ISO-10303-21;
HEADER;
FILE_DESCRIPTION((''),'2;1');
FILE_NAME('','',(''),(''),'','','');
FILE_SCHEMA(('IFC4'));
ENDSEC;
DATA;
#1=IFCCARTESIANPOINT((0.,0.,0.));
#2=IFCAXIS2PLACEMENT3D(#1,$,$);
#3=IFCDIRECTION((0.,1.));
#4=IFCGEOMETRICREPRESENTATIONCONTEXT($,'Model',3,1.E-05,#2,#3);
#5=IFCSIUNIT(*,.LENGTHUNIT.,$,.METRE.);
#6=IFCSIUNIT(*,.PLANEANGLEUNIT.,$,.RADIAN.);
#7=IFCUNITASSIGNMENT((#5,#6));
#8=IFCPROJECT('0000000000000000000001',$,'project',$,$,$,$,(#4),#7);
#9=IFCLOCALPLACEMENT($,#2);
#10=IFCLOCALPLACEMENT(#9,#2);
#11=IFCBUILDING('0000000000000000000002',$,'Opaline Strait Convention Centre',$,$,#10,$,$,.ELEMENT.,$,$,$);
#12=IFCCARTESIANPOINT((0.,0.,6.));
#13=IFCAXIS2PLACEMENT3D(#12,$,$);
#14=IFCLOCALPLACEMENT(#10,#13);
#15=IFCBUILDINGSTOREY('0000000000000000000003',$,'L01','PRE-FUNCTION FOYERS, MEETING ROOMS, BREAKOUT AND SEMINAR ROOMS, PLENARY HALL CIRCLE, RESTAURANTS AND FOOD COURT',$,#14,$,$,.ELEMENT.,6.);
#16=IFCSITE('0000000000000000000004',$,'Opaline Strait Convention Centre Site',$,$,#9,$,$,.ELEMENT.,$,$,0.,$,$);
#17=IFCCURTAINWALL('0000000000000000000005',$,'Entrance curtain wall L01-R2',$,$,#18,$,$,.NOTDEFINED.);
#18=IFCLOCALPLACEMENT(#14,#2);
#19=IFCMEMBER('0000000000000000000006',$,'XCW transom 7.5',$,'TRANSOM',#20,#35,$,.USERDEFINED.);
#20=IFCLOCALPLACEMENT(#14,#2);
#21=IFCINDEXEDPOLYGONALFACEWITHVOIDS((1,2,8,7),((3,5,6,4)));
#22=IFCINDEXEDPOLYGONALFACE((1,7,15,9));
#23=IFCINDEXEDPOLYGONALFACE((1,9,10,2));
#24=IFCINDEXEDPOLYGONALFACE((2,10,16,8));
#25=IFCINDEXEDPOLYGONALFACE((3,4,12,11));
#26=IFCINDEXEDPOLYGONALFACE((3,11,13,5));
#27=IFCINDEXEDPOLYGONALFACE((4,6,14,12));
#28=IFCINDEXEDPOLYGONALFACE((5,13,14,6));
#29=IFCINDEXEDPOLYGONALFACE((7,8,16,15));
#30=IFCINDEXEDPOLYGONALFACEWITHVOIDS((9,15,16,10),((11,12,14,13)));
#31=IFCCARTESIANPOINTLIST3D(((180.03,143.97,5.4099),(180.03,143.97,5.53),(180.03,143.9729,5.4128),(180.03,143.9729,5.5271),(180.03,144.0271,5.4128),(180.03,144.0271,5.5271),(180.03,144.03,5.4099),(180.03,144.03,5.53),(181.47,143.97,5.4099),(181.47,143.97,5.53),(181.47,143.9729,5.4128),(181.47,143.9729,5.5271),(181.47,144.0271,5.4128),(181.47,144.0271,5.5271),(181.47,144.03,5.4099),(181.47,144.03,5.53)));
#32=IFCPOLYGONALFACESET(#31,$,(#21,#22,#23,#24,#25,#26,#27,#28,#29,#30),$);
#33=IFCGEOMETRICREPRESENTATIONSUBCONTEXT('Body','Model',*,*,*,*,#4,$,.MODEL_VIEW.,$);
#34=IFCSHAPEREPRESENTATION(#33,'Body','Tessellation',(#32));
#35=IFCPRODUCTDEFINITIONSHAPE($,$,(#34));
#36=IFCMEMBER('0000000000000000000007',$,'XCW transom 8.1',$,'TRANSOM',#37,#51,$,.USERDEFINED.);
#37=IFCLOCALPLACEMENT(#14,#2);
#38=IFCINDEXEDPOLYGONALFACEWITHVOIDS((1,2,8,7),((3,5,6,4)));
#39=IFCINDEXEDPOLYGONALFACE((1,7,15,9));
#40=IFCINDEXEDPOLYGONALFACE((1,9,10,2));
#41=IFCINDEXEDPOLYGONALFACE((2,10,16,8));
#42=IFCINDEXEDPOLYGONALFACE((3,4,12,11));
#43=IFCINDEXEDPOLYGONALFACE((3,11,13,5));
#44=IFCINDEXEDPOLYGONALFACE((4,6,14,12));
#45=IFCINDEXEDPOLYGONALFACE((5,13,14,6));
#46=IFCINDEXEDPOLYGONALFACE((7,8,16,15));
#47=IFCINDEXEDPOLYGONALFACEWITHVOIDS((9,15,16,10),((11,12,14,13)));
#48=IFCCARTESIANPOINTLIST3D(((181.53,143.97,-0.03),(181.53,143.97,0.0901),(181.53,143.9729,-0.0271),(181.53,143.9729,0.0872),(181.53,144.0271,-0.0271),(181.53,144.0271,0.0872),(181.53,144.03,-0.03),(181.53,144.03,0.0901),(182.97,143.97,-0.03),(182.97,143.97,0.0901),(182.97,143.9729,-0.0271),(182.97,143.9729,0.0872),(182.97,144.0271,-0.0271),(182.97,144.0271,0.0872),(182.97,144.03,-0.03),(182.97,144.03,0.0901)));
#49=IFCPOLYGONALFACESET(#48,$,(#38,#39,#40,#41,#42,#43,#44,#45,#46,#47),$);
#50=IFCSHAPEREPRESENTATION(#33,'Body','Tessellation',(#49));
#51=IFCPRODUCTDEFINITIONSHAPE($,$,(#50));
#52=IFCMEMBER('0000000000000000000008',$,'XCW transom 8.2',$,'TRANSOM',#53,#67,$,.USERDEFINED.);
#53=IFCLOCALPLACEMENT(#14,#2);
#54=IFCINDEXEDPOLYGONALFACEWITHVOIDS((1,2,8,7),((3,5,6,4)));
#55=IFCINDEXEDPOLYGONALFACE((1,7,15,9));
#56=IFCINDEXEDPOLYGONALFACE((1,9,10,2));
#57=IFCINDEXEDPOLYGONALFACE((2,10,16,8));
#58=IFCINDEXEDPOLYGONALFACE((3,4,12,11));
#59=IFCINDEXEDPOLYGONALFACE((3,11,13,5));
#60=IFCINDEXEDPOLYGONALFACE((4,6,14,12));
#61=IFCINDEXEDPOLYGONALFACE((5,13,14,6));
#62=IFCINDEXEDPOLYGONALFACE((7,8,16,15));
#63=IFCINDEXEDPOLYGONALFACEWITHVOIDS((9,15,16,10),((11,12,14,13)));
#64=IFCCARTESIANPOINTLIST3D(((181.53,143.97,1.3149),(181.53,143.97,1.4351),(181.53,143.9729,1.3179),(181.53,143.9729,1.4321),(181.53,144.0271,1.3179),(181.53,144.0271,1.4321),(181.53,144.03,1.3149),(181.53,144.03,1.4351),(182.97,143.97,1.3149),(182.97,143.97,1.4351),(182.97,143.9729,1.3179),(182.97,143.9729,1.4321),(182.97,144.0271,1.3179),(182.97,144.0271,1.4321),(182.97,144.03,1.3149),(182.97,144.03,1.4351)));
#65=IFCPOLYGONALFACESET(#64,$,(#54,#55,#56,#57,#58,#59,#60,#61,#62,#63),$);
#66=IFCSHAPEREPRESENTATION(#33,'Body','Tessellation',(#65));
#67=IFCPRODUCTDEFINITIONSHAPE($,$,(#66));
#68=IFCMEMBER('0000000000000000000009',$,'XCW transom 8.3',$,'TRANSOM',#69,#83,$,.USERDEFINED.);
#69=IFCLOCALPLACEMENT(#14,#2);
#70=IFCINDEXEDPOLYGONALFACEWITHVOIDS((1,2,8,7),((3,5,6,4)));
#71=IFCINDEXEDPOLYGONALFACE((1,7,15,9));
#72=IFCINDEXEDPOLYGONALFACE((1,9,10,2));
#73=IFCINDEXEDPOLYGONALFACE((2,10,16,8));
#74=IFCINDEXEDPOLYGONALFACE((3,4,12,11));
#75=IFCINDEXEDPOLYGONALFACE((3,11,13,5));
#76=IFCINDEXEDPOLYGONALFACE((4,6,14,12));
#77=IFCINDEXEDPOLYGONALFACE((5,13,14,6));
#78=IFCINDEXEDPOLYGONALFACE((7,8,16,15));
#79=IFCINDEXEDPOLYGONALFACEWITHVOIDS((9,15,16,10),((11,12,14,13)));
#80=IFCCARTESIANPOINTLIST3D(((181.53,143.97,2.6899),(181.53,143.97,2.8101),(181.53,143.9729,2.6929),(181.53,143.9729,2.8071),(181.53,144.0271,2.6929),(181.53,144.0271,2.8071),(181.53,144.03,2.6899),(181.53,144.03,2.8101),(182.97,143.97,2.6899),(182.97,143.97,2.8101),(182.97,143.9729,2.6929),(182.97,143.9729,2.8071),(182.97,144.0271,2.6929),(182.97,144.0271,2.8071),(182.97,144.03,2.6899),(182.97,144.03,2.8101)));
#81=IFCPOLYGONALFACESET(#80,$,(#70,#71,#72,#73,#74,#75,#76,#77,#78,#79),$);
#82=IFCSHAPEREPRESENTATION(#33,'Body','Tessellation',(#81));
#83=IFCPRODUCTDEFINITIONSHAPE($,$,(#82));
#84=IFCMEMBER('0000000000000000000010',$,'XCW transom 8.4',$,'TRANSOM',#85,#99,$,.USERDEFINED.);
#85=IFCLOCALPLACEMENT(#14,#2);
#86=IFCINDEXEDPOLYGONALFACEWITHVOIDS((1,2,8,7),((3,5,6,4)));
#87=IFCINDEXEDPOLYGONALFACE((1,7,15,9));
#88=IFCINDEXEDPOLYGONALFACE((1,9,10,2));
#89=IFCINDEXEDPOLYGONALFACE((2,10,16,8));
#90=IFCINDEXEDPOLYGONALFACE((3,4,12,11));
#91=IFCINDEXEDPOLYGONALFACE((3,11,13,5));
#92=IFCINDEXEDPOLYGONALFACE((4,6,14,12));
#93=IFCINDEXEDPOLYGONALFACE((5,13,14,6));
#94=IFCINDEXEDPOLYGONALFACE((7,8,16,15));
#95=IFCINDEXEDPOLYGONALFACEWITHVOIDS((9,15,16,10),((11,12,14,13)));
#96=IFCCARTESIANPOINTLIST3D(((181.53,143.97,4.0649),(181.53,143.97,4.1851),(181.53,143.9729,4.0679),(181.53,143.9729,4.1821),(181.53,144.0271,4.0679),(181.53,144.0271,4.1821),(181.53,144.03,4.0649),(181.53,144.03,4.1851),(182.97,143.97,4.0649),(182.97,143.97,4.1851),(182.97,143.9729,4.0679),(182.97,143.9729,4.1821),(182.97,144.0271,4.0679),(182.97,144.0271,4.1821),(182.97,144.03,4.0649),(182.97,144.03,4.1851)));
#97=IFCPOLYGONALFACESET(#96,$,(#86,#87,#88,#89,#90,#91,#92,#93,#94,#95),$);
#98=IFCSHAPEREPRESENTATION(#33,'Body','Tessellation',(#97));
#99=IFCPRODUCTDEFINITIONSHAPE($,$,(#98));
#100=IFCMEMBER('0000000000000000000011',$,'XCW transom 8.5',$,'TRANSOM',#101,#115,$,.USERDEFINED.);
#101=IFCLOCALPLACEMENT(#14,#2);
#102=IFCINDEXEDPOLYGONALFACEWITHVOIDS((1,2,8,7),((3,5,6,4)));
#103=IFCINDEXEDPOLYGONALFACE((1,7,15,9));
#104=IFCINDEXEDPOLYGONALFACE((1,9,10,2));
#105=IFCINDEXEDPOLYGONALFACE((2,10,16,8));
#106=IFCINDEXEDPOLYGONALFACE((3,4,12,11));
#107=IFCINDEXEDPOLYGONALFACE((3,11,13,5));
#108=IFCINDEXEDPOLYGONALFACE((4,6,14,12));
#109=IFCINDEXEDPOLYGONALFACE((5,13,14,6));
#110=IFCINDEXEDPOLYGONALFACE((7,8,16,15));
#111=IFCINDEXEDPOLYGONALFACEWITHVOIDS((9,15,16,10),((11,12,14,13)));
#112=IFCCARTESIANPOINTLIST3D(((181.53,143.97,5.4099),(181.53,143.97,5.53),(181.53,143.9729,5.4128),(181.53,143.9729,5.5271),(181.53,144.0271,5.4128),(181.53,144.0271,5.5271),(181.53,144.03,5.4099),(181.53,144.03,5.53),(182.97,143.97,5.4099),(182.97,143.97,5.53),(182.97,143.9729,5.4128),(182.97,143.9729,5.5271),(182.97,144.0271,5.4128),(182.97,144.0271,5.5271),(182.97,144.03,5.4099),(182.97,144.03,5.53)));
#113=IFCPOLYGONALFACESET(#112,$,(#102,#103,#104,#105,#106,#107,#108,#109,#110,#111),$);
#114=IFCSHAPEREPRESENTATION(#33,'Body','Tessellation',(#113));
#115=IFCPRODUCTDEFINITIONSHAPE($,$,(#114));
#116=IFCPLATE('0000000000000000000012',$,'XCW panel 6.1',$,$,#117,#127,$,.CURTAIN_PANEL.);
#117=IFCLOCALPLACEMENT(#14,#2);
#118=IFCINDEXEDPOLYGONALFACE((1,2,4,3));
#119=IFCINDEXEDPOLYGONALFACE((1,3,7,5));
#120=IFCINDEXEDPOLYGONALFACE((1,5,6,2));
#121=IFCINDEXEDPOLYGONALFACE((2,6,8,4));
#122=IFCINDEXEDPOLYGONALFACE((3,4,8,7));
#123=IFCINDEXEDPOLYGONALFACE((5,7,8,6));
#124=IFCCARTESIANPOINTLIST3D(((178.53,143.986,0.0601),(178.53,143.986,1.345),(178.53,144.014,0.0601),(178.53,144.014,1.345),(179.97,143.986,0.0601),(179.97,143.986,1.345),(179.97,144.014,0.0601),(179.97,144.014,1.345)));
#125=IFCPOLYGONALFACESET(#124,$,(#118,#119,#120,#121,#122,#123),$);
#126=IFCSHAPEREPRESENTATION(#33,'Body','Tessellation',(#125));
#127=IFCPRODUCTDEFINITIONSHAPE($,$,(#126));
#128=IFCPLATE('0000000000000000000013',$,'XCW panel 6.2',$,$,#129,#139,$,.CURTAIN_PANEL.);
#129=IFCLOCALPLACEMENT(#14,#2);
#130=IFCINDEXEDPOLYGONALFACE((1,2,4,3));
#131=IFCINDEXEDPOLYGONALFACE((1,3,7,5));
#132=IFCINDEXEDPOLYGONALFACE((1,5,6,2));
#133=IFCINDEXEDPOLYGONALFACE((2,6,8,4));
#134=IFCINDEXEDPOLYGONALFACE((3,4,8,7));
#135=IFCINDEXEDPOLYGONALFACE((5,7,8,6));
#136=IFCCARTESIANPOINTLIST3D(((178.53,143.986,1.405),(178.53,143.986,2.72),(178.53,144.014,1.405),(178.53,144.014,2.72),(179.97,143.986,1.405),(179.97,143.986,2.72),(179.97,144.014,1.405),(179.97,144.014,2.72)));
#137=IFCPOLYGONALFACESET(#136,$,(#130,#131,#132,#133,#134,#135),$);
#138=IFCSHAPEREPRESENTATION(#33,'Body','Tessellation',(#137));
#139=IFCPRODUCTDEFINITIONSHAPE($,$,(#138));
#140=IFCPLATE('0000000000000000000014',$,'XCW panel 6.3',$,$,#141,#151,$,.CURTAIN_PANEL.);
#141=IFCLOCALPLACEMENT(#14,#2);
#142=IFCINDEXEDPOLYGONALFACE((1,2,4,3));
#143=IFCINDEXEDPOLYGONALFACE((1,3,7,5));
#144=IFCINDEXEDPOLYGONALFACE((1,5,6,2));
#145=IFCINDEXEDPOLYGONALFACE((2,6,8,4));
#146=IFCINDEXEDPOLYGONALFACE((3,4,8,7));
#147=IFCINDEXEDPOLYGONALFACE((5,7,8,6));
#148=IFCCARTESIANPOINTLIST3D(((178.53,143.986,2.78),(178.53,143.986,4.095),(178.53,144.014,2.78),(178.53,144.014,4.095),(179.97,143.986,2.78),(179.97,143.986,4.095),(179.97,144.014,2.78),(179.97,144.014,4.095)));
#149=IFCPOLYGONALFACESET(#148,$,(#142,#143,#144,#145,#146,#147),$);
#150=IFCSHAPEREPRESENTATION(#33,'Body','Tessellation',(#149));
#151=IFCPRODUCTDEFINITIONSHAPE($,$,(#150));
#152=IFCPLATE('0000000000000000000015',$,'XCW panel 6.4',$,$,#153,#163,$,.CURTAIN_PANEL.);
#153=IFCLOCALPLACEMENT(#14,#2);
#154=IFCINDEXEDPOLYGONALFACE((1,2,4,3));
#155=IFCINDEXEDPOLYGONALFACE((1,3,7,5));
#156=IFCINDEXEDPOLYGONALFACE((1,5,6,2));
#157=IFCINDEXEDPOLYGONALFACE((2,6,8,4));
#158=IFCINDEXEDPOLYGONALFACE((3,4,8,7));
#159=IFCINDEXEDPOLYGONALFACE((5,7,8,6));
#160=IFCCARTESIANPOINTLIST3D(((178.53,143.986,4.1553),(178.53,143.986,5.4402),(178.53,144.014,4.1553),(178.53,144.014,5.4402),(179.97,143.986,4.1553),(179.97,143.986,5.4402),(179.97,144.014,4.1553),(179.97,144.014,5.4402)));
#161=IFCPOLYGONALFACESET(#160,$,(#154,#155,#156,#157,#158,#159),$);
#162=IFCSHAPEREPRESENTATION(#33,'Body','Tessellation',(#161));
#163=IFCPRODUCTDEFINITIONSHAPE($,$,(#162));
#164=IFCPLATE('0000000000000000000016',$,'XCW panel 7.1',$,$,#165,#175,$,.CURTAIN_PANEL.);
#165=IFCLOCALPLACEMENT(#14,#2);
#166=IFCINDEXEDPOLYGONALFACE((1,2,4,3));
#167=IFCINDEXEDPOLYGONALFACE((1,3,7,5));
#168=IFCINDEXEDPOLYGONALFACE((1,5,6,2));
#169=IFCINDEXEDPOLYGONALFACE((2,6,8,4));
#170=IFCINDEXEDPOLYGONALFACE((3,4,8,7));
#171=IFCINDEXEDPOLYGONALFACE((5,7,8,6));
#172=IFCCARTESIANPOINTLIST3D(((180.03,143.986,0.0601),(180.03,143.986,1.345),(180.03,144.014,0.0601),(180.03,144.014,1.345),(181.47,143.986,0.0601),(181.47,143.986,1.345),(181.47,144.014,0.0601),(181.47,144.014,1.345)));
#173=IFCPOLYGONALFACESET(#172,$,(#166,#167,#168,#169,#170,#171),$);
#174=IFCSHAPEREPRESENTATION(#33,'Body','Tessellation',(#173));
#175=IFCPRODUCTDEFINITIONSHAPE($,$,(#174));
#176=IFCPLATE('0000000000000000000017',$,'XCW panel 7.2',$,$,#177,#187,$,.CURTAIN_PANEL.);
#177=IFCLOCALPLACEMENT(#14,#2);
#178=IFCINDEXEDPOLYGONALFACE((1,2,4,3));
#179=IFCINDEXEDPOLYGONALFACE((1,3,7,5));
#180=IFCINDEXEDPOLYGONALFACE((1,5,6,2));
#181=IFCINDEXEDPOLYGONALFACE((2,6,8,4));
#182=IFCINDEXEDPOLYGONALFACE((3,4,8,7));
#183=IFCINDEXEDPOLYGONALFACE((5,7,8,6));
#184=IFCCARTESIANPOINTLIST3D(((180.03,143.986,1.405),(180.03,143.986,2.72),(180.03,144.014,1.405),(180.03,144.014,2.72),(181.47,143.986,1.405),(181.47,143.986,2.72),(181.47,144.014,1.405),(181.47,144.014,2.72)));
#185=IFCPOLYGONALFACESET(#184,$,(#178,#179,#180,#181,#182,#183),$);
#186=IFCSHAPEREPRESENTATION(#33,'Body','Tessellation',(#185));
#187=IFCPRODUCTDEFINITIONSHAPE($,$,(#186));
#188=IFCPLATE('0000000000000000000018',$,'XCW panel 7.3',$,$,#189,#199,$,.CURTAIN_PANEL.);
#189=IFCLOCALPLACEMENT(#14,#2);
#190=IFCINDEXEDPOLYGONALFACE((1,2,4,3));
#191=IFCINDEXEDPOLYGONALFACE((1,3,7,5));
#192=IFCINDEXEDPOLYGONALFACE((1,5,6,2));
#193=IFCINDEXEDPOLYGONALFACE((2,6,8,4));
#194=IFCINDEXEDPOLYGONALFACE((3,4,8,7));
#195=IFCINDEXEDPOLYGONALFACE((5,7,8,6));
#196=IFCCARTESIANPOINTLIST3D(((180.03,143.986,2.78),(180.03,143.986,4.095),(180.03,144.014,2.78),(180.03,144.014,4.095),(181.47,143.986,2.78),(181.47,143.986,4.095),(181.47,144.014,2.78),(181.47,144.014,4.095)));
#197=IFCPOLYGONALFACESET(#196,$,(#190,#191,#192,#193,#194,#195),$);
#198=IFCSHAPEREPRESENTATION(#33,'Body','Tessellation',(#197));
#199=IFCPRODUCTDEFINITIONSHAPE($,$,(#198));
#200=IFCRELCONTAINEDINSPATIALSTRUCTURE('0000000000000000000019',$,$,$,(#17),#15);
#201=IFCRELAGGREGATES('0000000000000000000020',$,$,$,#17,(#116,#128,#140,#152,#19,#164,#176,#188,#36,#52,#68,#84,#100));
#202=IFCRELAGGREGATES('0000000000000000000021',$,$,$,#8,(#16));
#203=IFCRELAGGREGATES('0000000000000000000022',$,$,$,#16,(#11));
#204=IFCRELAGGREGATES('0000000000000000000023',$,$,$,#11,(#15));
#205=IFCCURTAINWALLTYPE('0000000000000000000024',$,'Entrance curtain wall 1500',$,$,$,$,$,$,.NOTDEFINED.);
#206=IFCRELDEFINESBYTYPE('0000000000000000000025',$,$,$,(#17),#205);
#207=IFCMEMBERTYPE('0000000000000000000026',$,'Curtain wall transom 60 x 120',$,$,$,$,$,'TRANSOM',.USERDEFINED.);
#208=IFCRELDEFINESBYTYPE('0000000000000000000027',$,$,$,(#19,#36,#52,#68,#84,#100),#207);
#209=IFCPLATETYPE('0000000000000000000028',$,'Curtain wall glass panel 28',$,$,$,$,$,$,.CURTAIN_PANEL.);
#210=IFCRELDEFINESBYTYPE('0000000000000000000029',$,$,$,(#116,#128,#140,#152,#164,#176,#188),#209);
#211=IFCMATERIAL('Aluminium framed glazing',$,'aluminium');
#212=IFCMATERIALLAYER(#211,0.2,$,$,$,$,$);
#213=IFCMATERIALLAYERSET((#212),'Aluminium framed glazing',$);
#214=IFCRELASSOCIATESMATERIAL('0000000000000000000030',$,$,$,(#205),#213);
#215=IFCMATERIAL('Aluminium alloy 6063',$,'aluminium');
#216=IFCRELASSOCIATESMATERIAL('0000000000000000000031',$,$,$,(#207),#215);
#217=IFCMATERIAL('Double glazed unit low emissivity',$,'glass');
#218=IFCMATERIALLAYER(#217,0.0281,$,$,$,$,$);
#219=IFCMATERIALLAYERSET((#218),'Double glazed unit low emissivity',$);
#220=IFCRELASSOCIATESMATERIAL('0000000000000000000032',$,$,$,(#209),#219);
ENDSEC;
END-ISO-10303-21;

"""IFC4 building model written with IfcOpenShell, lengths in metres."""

from ifc_helpers import new_model, si_unit, direction, frame, origin, origin_2d, place, context, subcontext, project, spatial, rectangle, hollow_rectangle, extrude, material, layer, layer_set, material_profile, profile_set, type_object, element, aggregate, save


model = new_model("IFC4")

# Units and contexts
model_context = context("Model", 3, precision=1e-05, world=origin(), true_north=direction((0.0, 1.0)))
body_context = subcontext(model_context, "Body", "Model", "MODEL_VIEW")
ifc_project = project(units=[si_unit("LENGTHUNIT", "METRE"), si_unit("PLANEANGLEUNIT", "RADIAN")], contexts=[model_context])

# Site, building, storey
site_placement = place(None, origin())
site = spatial("IfcSite", under=ifc_project, at=site_placement, Name="Opaline Strait Convention Centre Site", CompositionType="ELEMENT", RefElevation=0.0)
building_placement = place(site_placement, origin())
building = spatial("IfcBuilding", under=site, at=building_placement, Name="Opaline Strait Convention Centre", CompositionType="ELEMENT")
storey_placement = place(building_placement, frame((0.0, 0.0, 6.0)))
storey = spatial("IfcBuildingStorey", under=building, at=storey_placement, Name="L01", Description="PRE-FUNCTION FOYERS, MEETING ROOMS, BREAKOUT AND SEMINAR ROOMS, PLENARY HALL CIRCLE, RESTAURANTS AND FOOD COURT", CompositionType="ELEMENT", Elevation=6.0)

# Curtain wall, members, plates
ifc_material_1 = material(Name="Aluminium framed glazing", Category="aluminium")
ifc_layer_1 = layer(ifc_material_1, 0.2)
ifc_layer_set_1 = layer_set([ifc_layer_1], Name="Aluminium framed glazing")
curtain_wall_type = type_object("IfcCurtainWallType", Name="Entrance curtain wall 1500", PredefinedType="NOTDEFINED", material=ifc_layer_set_1)
curtain_wall_placement = place(storey_placement, origin())
curtain_wall = element("IfcCurtainWall", 1, at=curtain_wall_placement, inside=storey, type_object=curtain_wall_type, Name="Entrance curtain wall L01-R2", PredefinedType="NOTDEFINED")
ifc_material_2 = material(Name="Aluminium alloy 6063", Category="aluminium")
ifc_material_profile_1 = material_profile(ifc_material_2, hollow_rectangle(XDim=0.0601, YDim=0.1201, WallThickness=0.0029, at=origin_2d()), Name="TRANSOM 60x120x3")
ifc_profile_set_1 = profile_set([ifc_material_profile_1], Name="Aluminium alloy 6063")
member_type_1 = type_object("IfcMemberType", Name="Curtain wall transom 60 x 120", ElementType="TRANSOM", PredefinedType="USERDEFINED", material=ifc_profile_set_1)
member_1_placement = place(storey_placement, frame((180.03, 144.0, 5.47), z_axis=(1.0, 0.0, 0.0), x_axis=(0.0, 1.0, 0.0)))
member_1 = element("IfcMember", 2, at=member_1_placement, type_object=member_type_1, Name="XCW transom 7.5", ObjectType="TRANSOM", PredefinedType="USERDEFINED", context=body_context, shape_type="SweptSolid", body=[
    extrude(hollow_rectangle(XDim=0.0601, YDim=0.1201, WallThickness=0.0029, at=origin_2d()), origin(), (0.0, 0.0, 1.0), 1.4399),
])
member_2_placement = place(storey_placement, frame((181.53, 144.0, 0.03), z_axis=(1.0, 0.0, 0.0), x_axis=(0.0, 1.0, 0.0)))
member_2 = element("IfcMember", 3, at=member_2_placement, type_object=member_type_1, Name="XCW transom 8.1", ObjectType="TRANSOM", PredefinedType="USERDEFINED", context=body_context, shape_type="SweptSolid", body=[
    extrude(hollow_rectangle(XDim=0.0601, YDim=0.1201, WallThickness=0.0029, at=origin_2d()), origin(), (0.0, 0.0, 1.0), 1.4399),
])
member_3_placement = place(storey_placement, frame((181.53, 144.0, 1.375), z_axis=(1.0, 0.0, 0.0), x_axis=(0.0, 1.0, 0.0)))
member_3 = element("IfcMember", 4, at=member_3_placement, type_object=member_type_1, Name="XCW transom 8.2", ObjectType="TRANSOM", PredefinedType="USERDEFINED", context=body_context, shape_type="SweptSolid", body=[
    extrude(hollow_rectangle(XDim=0.0601, YDim=0.1201, WallThickness=0.0029, at=origin_2d()), origin(), (0.0, 0.0, 1.0), 1.4399),
])
member_4_placement = place(storey_placement, frame((181.53, 144.0, 2.75), z_axis=(1.0, 0.0, 0.0), x_axis=(0.0, 1.0, 0.0)))
member_4 = element("IfcMember", 5, at=member_4_placement, type_object=member_type_1, Name="XCW transom 8.3", ObjectType="TRANSOM", PredefinedType="USERDEFINED", context=body_context, shape_type="SweptSolid", body=[
    extrude(hollow_rectangle(XDim=0.0601, YDim=0.1201, WallThickness=0.0029, at=origin_2d()), origin(), (0.0, 0.0, 1.0), 1.4399),
])
member_5_placement = place(storey_placement, frame((181.53, 144.0, 4.125), z_axis=(1.0, 0.0, 0.0), x_axis=(0.0, 1.0, 0.0)))
member_5 = element("IfcMember", 6, at=member_5_placement, type_object=member_type_1, Name="XCW transom 8.4", ObjectType="TRANSOM", PredefinedType="USERDEFINED", context=body_context, shape_type="SweptSolid", body=[
    extrude(hollow_rectangle(XDim=0.0601, YDim=0.1201, WallThickness=0.0029, at=origin_2d()), origin(), (0.0, 0.0, 1.0), 1.4399),
])
member_6_placement = place(storey_placement, frame((181.53, 144.0, 5.47), z_axis=(1.0, 0.0, 0.0), x_axis=(0.0, 1.0, 0.0)))
member_6 = element("IfcMember", 7, at=member_6_placement, type_object=member_type_1, Name="XCW transom 8.5", ObjectType="TRANSOM", PredefinedType="USERDEFINED", context=body_context, shape_type="SweptSolid", body=[
    extrude(hollow_rectangle(XDim=0.0601, YDim=0.1201, WallThickness=0.0029, at=origin_2d()), origin(), (0.0, 0.0, 1.0), 1.4399),
])
ifc_material_3 = material(Name="Double glazed unit low emissivity", Category="glass")
ifc_layer_2 = layer(ifc_material_3, 0.0281)
ifc_layer_set_2 = layer_set([ifc_layer_2], Name="Double glazed unit low emissivity")
plate_type = type_object("IfcPlateType", Name="Curtain wall glass panel 28", PredefinedType="CURTAIN_PANEL", material=ifc_layer_set_2)
plate_1_placement = place(storey_placement, frame((179.25, 144.0, 0.0601), z_axis=(0.0, 0.0, 1.0), x_axis=(1.0, 0.0, 0.0)))
plate_1 = element("IfcPlate", 8, at=plate_1_placement, type_object=plate_type, Name="XCW panel 6.1", PredefinedType="CURTAIN_PANEL", context=body_context, shape_type="SweptSolid", body=[
    extrude(rectangle(XDim=1.4399, YDim=0.0281, at=origin_2d()), origin(), (0.0, 0.0, 1.0), 1.2849),
])
plate_2_placement = place(storey_placement, frame((179.25, 144.0, 1.405), z_axis=(0.0, 0.0, 1.0), x_axis=(1.0, 0.0, 0.0)))
plate_2 = element("IfcPlate", 9, at=plate_2_placement, type_object=plate_type, Name="XCW panel 6.2", PredefinedType="CURTAIN_PANEL", context=body_context, shape_type="SweptSolid", body=[
    extrude(rectangle(XDim=1.4399, YDim=0.0281, at=origin_2d()), origin(), (0.0, 0.0, 1.0), 1.3149),
])
plate_3_placement = place(storey_placement, frame((179.25, 144.0, 2.78), z_axis=(0.0, 0.0, 1.0), x_axis=(1.0, 0.0, 0.0)))
plate_3 = element("IfcPlate", 10, at=plate_3_placement, type_object=plate_type, Name="XCW panel 6.3", PredefinedType="CURTAIN_PANEL", context=body_context, shape_type="SweptSolid", body=[
    extrude(rectangle(XDim=1.4399, YDim=0.0281, at=origin_2d()), origin(), (0.0, 0.0, 1.0), 1.3149),
])
plate_4_placement = place(storey_placement, frame((179.25, 144.0, 4.1553), z_axis=(0.0, 0.0, 1.0), x_axis=(1.0, 0.0, 0.0)))
plate_4 = element("IfcPlate", 11, at=plate_4_placement, type_object=plate_type, Name="XCW panel 6.4", PredefinedType="CURTAIN_PANEL", context=body_context, shape_type="SweptSolid", body=[
    extrude(rectangle(XDim=1.4399, YDim=0.0281, at=origin_2d()), origin(), (0.0, 0.0, 1.0), 1.2849),
])
plate_5_placement = place(storey_placement, frame((180.75, 144.0, 0.0601), z_axis=(0.0, 0.0, 1.0), x_axis=(1.0, 0.0, 0.0)))
plate_5 = element("IfcPlate", 12, at=plate_5_placement, type_object=plate_type, Name="XCW panel 7.1", PredefinedType="CURTAIN_PANEL", context=body_context, shape_type="SweptSolid", body=[
    extrude(rectangle(XDim=1.4399, YDim=0.0281, at=origin_2d()), origin(), (0.0, 0.0, 1.0), 1.2849),
])
plate_6_placement = place(storey_placement, frame((180.75, 144.0, 1.405), z_axis=(0.0, 0.0, 1.0), x_axis=(1.0, 0.0, 0.0)))
plate_6 = element("IfcPlate", 13, at=plate_6_placement, type_object=plate_type, Name="XCW panel 7.2", PredefinedType="CURTAIN_PANEL", context=body_context, shape_type="SweptSolid", body=[
    extrude(rectangle(XDim=1.4399, YDim=0.0281, at=origin_2d()), origin(), (0.0, 0.0, 1.0), 1.3149),
])
plate_7_placement = place(storey_placement, frame((180.75, 144.0, 2.78), z_axis=(0.0, 0.0, 1.0), x_axis=(1.0, 0.0, 0.0)))
plate_7 = element("IfcPlate", 14, at=plate_7_placement, type_object=plate_type, Name="XCW panel 7.3", PredefinedType="CURTAIN_PANEL", context=body_context, shape_type="SweptSolid", body=[
    extrude(rectangle(XDim=1.4399, YDim=0.0281, at=origin_2d()), origin(), (0.0, 0.0, 1.0), 1.3149),
])
aggregate(curtain_wall, [plate_1, plate_2, plate_3, plate_4, member_1, plate_5, plate_6, plate_7, member_2, member_3, member_4, member_5, member_6])

save(model, "model.ifc")
